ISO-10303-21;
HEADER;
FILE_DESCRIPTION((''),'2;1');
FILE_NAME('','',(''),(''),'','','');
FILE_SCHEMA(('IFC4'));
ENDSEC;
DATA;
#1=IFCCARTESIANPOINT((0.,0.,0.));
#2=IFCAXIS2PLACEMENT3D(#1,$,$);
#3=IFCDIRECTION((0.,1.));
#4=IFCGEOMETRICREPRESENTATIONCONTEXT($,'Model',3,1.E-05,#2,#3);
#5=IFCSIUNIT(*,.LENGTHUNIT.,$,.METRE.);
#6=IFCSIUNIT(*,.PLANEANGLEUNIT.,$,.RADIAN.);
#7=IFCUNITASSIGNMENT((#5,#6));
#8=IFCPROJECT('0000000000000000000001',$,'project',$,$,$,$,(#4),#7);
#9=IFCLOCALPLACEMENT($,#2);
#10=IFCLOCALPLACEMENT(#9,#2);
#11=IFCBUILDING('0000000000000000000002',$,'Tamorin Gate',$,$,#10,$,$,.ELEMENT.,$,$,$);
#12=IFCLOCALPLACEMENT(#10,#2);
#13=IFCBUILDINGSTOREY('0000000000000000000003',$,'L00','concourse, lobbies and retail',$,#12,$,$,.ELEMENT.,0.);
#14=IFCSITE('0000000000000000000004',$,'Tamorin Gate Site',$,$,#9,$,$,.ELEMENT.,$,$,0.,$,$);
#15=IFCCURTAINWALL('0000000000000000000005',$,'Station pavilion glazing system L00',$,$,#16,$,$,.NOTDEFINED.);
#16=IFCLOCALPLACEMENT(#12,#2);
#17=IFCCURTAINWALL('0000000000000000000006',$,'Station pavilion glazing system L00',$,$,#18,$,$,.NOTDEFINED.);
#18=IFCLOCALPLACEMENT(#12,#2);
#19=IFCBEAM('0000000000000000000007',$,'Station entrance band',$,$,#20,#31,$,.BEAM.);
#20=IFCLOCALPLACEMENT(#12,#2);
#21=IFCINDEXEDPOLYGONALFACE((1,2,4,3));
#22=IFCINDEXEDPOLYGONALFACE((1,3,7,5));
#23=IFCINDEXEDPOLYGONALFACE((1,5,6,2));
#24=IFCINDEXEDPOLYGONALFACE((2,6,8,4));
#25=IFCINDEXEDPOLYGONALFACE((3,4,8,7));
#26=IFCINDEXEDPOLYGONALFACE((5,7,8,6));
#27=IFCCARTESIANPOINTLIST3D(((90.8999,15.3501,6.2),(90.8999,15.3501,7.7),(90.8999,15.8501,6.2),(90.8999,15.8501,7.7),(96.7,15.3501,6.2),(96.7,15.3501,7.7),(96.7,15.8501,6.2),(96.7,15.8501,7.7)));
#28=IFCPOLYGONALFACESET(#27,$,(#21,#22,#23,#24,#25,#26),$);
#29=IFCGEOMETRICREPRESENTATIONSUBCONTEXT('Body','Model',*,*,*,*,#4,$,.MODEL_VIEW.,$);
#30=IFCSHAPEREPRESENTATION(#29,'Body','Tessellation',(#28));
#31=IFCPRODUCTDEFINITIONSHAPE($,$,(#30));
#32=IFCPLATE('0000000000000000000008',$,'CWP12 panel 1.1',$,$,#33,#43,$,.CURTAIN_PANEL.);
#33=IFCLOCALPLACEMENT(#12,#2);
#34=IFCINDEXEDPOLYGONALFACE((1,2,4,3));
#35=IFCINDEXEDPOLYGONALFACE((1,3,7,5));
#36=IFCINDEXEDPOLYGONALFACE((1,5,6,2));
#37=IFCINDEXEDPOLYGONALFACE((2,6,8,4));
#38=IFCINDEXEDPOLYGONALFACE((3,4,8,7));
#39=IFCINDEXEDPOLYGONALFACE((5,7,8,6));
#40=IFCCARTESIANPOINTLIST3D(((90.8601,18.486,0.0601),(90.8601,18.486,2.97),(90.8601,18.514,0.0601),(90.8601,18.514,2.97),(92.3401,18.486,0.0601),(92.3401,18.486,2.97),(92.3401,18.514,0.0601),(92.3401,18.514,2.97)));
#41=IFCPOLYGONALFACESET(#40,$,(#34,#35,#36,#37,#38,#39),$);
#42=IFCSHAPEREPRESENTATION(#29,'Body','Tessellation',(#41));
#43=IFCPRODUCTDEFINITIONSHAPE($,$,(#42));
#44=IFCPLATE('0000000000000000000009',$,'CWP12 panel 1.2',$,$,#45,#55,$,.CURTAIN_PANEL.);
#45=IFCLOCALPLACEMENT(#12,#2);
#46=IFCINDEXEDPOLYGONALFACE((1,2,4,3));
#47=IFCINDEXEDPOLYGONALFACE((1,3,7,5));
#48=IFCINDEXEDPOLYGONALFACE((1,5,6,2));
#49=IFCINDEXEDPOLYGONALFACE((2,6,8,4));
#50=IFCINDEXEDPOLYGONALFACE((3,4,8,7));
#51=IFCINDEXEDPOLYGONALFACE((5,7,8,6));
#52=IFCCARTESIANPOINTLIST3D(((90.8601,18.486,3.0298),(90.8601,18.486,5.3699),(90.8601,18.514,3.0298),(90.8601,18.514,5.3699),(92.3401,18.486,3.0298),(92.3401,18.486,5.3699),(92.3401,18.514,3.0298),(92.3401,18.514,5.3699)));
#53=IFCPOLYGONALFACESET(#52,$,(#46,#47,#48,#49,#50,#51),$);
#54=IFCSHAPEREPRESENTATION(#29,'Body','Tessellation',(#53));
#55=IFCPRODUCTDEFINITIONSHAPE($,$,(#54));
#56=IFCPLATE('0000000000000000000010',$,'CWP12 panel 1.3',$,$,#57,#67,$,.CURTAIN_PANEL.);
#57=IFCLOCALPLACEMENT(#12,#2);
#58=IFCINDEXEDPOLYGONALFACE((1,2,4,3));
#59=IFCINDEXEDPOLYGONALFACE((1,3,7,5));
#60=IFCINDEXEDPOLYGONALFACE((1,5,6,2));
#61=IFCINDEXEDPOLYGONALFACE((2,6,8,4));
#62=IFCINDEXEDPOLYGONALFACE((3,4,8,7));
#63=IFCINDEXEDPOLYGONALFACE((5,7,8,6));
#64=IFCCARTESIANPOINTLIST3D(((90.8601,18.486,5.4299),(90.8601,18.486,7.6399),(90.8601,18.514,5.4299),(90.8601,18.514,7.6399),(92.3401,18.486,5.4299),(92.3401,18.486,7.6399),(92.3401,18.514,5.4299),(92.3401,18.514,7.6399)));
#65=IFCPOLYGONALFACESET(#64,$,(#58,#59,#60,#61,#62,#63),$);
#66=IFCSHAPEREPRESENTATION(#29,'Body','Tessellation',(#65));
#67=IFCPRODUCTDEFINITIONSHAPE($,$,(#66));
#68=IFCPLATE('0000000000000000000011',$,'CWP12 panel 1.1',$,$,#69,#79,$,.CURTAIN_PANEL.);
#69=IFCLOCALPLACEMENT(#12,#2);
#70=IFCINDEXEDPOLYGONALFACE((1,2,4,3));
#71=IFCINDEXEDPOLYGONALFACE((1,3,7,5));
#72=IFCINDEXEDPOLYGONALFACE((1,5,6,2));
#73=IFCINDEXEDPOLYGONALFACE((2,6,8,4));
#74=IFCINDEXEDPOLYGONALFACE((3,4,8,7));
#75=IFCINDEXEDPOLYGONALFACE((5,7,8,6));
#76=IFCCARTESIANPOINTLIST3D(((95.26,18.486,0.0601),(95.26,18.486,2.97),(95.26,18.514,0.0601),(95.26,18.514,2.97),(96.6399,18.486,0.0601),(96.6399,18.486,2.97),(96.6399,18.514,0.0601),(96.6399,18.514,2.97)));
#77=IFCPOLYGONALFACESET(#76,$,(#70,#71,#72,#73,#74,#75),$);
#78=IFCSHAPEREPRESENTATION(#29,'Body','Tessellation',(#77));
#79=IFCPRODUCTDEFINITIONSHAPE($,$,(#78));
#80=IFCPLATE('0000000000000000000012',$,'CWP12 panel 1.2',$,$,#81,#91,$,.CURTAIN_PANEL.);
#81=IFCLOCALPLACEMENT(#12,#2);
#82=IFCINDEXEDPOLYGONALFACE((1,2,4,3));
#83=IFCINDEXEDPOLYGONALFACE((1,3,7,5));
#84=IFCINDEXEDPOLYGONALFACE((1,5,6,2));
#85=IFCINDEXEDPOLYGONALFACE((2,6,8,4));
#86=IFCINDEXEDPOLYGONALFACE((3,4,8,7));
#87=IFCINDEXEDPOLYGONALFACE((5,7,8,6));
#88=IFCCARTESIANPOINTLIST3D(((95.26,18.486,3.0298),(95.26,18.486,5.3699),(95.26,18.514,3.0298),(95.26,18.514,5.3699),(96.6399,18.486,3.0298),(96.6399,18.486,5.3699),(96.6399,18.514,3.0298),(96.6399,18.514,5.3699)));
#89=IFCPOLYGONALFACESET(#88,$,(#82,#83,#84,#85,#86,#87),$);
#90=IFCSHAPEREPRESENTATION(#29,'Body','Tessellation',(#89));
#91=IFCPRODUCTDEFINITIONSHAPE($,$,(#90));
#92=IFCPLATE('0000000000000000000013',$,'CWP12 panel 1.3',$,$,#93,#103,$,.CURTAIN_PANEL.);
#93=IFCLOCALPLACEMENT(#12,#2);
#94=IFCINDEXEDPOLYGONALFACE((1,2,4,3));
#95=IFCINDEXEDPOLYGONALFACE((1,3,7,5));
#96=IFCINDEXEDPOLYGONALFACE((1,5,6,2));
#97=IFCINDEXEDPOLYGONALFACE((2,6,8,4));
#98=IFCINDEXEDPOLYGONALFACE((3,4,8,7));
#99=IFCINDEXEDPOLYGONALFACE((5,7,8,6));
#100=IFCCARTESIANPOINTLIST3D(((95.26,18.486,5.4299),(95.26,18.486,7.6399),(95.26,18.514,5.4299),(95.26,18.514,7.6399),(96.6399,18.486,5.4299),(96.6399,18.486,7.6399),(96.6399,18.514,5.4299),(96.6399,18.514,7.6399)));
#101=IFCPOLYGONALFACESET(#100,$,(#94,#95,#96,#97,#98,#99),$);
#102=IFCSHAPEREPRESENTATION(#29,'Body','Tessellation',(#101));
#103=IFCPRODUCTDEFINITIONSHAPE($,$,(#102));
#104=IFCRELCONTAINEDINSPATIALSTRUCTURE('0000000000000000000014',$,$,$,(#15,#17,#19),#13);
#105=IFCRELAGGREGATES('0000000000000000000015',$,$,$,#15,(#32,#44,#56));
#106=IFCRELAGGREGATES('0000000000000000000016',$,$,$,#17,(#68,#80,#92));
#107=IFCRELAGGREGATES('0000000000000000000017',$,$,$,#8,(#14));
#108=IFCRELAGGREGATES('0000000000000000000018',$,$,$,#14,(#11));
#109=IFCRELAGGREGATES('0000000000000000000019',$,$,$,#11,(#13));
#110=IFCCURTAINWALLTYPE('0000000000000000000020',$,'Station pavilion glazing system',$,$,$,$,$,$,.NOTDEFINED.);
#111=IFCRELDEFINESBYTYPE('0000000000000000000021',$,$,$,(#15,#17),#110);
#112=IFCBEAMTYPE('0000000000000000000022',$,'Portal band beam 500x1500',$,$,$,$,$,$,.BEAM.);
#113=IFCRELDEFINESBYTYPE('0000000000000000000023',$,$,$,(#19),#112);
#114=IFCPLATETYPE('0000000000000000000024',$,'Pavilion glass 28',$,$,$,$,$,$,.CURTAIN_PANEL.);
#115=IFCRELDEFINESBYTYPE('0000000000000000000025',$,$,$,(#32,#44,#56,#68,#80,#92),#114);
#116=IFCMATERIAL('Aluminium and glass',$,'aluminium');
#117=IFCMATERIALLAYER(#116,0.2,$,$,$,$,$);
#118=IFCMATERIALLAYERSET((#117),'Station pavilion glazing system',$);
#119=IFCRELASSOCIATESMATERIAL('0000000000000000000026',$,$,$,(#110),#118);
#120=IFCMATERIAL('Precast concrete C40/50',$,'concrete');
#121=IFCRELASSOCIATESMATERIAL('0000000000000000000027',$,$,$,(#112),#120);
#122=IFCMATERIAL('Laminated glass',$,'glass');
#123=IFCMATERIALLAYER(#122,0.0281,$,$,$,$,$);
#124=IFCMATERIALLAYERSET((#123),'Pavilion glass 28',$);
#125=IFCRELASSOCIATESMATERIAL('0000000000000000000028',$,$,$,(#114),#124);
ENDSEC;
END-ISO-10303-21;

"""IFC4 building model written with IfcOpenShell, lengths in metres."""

from ifc_helpers import new_model, si_unit, direction, frame, origin, origin_2d, place, context, subcontext, project, spatial, rectangle, extrude, material, layer, layer_set, material_profile, profile_set, type_object, element, aggregate, save


model = new_model("IFC4")

# Units and contexts
model_context = context("Model", 3, precision=1e-05, world=origin(), true_north=direction((0.0, 1.0)))
body_context = subcontext(model_context, "Body", "Model", "MODEL_VIEW")
ifc_project = project(units=[si_unit("LENGTHUNIT", "METRE"), si_unit("PLANEANGLEUNIT", "RADIAN")], contexts=[model_context])

# Site, building, storey
site_placement = place(None, origin())
site = spatial("IfcSite", under=ifc_project, at=site_placement, Name="Tamorin Gate Site", CompositionType="ELEMENT", RefElevation=0.0)
building_placement = place(site_placement, origin())
building = spatial("IfcBuilding", under=site, at=building_placement, Name="Tamorin Gate", CompositionType="ELEMENT")
storey_placement = place(building_placement, origin())
storey = spatial("IfcBuildingStorey", under=building, at=storey_placement, Name="L00", Description="concourse, lobbies and retail", CompositionType="ELEMENT", Elevation=0.0)

# Curtain walls
ifc_material_1 = material(Name="Aluminium and glass", Category="aluminium")
ifc_layer_1 = layer(ifc_material_1, 0.2)
ifc_layer_set_1 = layer_set([ifc_layer_1], Name="Station pavilion glazing system")
curtain_wall_type = type_object("IfcCurtainWallType", Name="Station pavilion glazing system", PredefinedType="NOTDEFINED", material=ifc_layer_set_1)
curtain_wall_1_placement = place(storey_placement, origin())
curtain_wall_1 = element("IfcCurtainWall", 1, at=curtain_wall_1_placement, inside=storey, type_object=curtain_wall_type, Name="Station pavilion glazing system L00", PredefinedType="NOTDEFINED")
curtain_wall_2_placement = place(storey_placement, origin())
curtain_wall_2 = element("IfcCurtainWall", 2, at=curtain_wall_2_placement, inside=storey, type_object=curtain_wall_type, Name="Station pavilion glazing system L00", PredefinedType="NOTDEFINED")

# Beam
ifc_material_2 = material(Name="Precast concrete C40/50", Category="concrete")
ifc_material_profile_1 = material_profile(ifc_material_2, rectangle(XDim=0.5, YDim=1.5, at=origin_2d()), Name="RC 500x1500")
ifc_profile_set_1 = profile_set([ifc_material_profile_1], Name="Precast concrete C40/50")
beam_type = type_object("IfcBeamType", Name="Portal band beam 500x1500", PredefinedType="BEAM", material=ifc_profile_set_1)
beam_placement = place(storey_placement, frame((90.8999, 15.6001, 6.95), z_axis=(1.0, 0.0, 0.0), x_axis=(0.0, 1.0, 0.0)))
element("IfcBeam", 3, at=beam_placement, inside=storey, type_object=beam_type, Name="Station entrance band", PredefinedType="BEAM", context=body_context, shape_type="SweptSolid", body=[
    extrude(rectangle(XDim=0.5, YDim=1.5, at=origin_2d()), origin(), (0.0, 0.0, 1.0), 5.8),
])

# Plates
ifc_material_3 = material(Name="Laminated glass", Category="glass")
ifc_layer_2 = layer(ifc_material_3, 0.0281)
ifc_layer_set_2 = layer_set([ifc_layer_2], Name="Pavilion glass 28")
plate_type = type_object("IfcPlateType", Name="Pavilion glass 28", PredefinedType="CURTAIN_PANEL", material=ifc_layer_set_2)
plate_1_placement = place(storey_placement, frame((91.6001, 18.5, 0.0601), z_axis=(0.0, 0.0, 1.0), x_axis=(1.0, 0.0, 0.0)))
plate_1 = element("IfcPlate", 4, at=plate_1_placement, type_object=plate_type, Name="CWP12 panel 1.1", PredefinedType="CURTAIN_PANEL", context=body_context, shape_type="SweptSolid", body=[
    extrude(rectangle(XDim=1.48, YDim=0.0281, at=origin_2d()), origin(), (0.0, 0.0, 1.0), 2.9099),
])
plate_2_placement = place(storey_placement, frame((91.6001, 18.5, 3.0298), z_axis=(0.0, 0.0, 1.0), x_axis=(1.0, 0.0, 0.0)))
plate_2 = element("IfcPlate", 5, at=plate_2_placement, type_object=plate_type, Name="CWP12 panel 1.2", PredefinedType="CURTAIN_PANEL", context=body_context, shape_type="SweptSolid", body=[
    extrude(rectangle(XDim=1.48, YDim=0.0281, at=origin_2d()), origin(), (0.0, 0.0, 1.0), 2.3401),
])
plate_3_placement = place(storey_placement, frame((91.6001, 18.5, 5.4299), z_axis=(0.0, 0.0, 1.0), x_axis=(1.0, 0.0, 0.0)))
plate_3 = element("IfcPlate", 6, at=plate_3_placement, type_object=plate_type, Name="CWP12 panel 1.3", PredefinedType="CURTAIN_PANEL", context=body_context, shape_type="SweptSolid", body=[
    extrude(rectangle(XDim=1.48, YDim=0.0281, at=origin_2d()), origin(), (0.0, 0.0, 1.0), 2.21),
])
aggregate(curtain_wall_1, [plate_1, plate_2, plate_3])
plate_4_placement = place(storey_placement, frame((95.95, 18.5, 0.0601), z_axis=(0.0, 0.0, 1.0), x_axis=(1.0, 0.0, 0.0)))
plate_4 = element("IfcPlate", 7, at=plate_4_placement, type_object=plate_type, Name="CWP12 panel 1.1", PredefinedType="CURTAIN_PANEL", context=body_context, shape_type="SweptSolid", body=[
    extrude(rectangle(XDim=1.3799, YDim=0.0281, at=origin_2d()), origin(), (0.0, 0.0, 1.0), 2.9099),
])
plate_5_placement = place(storey_placement, frame((95.95, 18.5, 3.0298), z_axis=(0.0, 0.0, 1.0), x_axis=(1.0, 0.0, 0.0)))
plate_5 = element("IfcPlate", 8, at=plate_5_placement, type_object=plate_type, Name="CWP12 panel 1.2", PredefinedType="CURTAIN_PANEL", context=body_context, shape_type="SweptSolid", body=[
    extrude(rectangle(XDim=1.3799, YDim=0.0281, at=origin_2d()), origin(), (0.0, 0.0, 1.0), 2.3401),
])
plate_6_placement = place(storey_placement, frame((95.95, 18.5, 5.4299), z_axis=(0.0, 0.0, 1.0), x_axis=(1.0, 0.0, 0.0)))
plate_6 = element("IfcPlate", 9, at=plate_6_placement, type_object=plate_type, Name="CWP12 panel 1.3", PredefinedType="CURTAIN_PANEL", context=body_context, shape_type="SweptSolid", body=[
    extrude(rectangle(XDim=1.3799, YDim=0.0281, at=origin_2d()), origin(), (0.0, 0.0, 1.0), 2.21),
])
aggregate(curtain_wall_2, [plate_4, plate_5, plate_6])

save(model, "model.ifc")
